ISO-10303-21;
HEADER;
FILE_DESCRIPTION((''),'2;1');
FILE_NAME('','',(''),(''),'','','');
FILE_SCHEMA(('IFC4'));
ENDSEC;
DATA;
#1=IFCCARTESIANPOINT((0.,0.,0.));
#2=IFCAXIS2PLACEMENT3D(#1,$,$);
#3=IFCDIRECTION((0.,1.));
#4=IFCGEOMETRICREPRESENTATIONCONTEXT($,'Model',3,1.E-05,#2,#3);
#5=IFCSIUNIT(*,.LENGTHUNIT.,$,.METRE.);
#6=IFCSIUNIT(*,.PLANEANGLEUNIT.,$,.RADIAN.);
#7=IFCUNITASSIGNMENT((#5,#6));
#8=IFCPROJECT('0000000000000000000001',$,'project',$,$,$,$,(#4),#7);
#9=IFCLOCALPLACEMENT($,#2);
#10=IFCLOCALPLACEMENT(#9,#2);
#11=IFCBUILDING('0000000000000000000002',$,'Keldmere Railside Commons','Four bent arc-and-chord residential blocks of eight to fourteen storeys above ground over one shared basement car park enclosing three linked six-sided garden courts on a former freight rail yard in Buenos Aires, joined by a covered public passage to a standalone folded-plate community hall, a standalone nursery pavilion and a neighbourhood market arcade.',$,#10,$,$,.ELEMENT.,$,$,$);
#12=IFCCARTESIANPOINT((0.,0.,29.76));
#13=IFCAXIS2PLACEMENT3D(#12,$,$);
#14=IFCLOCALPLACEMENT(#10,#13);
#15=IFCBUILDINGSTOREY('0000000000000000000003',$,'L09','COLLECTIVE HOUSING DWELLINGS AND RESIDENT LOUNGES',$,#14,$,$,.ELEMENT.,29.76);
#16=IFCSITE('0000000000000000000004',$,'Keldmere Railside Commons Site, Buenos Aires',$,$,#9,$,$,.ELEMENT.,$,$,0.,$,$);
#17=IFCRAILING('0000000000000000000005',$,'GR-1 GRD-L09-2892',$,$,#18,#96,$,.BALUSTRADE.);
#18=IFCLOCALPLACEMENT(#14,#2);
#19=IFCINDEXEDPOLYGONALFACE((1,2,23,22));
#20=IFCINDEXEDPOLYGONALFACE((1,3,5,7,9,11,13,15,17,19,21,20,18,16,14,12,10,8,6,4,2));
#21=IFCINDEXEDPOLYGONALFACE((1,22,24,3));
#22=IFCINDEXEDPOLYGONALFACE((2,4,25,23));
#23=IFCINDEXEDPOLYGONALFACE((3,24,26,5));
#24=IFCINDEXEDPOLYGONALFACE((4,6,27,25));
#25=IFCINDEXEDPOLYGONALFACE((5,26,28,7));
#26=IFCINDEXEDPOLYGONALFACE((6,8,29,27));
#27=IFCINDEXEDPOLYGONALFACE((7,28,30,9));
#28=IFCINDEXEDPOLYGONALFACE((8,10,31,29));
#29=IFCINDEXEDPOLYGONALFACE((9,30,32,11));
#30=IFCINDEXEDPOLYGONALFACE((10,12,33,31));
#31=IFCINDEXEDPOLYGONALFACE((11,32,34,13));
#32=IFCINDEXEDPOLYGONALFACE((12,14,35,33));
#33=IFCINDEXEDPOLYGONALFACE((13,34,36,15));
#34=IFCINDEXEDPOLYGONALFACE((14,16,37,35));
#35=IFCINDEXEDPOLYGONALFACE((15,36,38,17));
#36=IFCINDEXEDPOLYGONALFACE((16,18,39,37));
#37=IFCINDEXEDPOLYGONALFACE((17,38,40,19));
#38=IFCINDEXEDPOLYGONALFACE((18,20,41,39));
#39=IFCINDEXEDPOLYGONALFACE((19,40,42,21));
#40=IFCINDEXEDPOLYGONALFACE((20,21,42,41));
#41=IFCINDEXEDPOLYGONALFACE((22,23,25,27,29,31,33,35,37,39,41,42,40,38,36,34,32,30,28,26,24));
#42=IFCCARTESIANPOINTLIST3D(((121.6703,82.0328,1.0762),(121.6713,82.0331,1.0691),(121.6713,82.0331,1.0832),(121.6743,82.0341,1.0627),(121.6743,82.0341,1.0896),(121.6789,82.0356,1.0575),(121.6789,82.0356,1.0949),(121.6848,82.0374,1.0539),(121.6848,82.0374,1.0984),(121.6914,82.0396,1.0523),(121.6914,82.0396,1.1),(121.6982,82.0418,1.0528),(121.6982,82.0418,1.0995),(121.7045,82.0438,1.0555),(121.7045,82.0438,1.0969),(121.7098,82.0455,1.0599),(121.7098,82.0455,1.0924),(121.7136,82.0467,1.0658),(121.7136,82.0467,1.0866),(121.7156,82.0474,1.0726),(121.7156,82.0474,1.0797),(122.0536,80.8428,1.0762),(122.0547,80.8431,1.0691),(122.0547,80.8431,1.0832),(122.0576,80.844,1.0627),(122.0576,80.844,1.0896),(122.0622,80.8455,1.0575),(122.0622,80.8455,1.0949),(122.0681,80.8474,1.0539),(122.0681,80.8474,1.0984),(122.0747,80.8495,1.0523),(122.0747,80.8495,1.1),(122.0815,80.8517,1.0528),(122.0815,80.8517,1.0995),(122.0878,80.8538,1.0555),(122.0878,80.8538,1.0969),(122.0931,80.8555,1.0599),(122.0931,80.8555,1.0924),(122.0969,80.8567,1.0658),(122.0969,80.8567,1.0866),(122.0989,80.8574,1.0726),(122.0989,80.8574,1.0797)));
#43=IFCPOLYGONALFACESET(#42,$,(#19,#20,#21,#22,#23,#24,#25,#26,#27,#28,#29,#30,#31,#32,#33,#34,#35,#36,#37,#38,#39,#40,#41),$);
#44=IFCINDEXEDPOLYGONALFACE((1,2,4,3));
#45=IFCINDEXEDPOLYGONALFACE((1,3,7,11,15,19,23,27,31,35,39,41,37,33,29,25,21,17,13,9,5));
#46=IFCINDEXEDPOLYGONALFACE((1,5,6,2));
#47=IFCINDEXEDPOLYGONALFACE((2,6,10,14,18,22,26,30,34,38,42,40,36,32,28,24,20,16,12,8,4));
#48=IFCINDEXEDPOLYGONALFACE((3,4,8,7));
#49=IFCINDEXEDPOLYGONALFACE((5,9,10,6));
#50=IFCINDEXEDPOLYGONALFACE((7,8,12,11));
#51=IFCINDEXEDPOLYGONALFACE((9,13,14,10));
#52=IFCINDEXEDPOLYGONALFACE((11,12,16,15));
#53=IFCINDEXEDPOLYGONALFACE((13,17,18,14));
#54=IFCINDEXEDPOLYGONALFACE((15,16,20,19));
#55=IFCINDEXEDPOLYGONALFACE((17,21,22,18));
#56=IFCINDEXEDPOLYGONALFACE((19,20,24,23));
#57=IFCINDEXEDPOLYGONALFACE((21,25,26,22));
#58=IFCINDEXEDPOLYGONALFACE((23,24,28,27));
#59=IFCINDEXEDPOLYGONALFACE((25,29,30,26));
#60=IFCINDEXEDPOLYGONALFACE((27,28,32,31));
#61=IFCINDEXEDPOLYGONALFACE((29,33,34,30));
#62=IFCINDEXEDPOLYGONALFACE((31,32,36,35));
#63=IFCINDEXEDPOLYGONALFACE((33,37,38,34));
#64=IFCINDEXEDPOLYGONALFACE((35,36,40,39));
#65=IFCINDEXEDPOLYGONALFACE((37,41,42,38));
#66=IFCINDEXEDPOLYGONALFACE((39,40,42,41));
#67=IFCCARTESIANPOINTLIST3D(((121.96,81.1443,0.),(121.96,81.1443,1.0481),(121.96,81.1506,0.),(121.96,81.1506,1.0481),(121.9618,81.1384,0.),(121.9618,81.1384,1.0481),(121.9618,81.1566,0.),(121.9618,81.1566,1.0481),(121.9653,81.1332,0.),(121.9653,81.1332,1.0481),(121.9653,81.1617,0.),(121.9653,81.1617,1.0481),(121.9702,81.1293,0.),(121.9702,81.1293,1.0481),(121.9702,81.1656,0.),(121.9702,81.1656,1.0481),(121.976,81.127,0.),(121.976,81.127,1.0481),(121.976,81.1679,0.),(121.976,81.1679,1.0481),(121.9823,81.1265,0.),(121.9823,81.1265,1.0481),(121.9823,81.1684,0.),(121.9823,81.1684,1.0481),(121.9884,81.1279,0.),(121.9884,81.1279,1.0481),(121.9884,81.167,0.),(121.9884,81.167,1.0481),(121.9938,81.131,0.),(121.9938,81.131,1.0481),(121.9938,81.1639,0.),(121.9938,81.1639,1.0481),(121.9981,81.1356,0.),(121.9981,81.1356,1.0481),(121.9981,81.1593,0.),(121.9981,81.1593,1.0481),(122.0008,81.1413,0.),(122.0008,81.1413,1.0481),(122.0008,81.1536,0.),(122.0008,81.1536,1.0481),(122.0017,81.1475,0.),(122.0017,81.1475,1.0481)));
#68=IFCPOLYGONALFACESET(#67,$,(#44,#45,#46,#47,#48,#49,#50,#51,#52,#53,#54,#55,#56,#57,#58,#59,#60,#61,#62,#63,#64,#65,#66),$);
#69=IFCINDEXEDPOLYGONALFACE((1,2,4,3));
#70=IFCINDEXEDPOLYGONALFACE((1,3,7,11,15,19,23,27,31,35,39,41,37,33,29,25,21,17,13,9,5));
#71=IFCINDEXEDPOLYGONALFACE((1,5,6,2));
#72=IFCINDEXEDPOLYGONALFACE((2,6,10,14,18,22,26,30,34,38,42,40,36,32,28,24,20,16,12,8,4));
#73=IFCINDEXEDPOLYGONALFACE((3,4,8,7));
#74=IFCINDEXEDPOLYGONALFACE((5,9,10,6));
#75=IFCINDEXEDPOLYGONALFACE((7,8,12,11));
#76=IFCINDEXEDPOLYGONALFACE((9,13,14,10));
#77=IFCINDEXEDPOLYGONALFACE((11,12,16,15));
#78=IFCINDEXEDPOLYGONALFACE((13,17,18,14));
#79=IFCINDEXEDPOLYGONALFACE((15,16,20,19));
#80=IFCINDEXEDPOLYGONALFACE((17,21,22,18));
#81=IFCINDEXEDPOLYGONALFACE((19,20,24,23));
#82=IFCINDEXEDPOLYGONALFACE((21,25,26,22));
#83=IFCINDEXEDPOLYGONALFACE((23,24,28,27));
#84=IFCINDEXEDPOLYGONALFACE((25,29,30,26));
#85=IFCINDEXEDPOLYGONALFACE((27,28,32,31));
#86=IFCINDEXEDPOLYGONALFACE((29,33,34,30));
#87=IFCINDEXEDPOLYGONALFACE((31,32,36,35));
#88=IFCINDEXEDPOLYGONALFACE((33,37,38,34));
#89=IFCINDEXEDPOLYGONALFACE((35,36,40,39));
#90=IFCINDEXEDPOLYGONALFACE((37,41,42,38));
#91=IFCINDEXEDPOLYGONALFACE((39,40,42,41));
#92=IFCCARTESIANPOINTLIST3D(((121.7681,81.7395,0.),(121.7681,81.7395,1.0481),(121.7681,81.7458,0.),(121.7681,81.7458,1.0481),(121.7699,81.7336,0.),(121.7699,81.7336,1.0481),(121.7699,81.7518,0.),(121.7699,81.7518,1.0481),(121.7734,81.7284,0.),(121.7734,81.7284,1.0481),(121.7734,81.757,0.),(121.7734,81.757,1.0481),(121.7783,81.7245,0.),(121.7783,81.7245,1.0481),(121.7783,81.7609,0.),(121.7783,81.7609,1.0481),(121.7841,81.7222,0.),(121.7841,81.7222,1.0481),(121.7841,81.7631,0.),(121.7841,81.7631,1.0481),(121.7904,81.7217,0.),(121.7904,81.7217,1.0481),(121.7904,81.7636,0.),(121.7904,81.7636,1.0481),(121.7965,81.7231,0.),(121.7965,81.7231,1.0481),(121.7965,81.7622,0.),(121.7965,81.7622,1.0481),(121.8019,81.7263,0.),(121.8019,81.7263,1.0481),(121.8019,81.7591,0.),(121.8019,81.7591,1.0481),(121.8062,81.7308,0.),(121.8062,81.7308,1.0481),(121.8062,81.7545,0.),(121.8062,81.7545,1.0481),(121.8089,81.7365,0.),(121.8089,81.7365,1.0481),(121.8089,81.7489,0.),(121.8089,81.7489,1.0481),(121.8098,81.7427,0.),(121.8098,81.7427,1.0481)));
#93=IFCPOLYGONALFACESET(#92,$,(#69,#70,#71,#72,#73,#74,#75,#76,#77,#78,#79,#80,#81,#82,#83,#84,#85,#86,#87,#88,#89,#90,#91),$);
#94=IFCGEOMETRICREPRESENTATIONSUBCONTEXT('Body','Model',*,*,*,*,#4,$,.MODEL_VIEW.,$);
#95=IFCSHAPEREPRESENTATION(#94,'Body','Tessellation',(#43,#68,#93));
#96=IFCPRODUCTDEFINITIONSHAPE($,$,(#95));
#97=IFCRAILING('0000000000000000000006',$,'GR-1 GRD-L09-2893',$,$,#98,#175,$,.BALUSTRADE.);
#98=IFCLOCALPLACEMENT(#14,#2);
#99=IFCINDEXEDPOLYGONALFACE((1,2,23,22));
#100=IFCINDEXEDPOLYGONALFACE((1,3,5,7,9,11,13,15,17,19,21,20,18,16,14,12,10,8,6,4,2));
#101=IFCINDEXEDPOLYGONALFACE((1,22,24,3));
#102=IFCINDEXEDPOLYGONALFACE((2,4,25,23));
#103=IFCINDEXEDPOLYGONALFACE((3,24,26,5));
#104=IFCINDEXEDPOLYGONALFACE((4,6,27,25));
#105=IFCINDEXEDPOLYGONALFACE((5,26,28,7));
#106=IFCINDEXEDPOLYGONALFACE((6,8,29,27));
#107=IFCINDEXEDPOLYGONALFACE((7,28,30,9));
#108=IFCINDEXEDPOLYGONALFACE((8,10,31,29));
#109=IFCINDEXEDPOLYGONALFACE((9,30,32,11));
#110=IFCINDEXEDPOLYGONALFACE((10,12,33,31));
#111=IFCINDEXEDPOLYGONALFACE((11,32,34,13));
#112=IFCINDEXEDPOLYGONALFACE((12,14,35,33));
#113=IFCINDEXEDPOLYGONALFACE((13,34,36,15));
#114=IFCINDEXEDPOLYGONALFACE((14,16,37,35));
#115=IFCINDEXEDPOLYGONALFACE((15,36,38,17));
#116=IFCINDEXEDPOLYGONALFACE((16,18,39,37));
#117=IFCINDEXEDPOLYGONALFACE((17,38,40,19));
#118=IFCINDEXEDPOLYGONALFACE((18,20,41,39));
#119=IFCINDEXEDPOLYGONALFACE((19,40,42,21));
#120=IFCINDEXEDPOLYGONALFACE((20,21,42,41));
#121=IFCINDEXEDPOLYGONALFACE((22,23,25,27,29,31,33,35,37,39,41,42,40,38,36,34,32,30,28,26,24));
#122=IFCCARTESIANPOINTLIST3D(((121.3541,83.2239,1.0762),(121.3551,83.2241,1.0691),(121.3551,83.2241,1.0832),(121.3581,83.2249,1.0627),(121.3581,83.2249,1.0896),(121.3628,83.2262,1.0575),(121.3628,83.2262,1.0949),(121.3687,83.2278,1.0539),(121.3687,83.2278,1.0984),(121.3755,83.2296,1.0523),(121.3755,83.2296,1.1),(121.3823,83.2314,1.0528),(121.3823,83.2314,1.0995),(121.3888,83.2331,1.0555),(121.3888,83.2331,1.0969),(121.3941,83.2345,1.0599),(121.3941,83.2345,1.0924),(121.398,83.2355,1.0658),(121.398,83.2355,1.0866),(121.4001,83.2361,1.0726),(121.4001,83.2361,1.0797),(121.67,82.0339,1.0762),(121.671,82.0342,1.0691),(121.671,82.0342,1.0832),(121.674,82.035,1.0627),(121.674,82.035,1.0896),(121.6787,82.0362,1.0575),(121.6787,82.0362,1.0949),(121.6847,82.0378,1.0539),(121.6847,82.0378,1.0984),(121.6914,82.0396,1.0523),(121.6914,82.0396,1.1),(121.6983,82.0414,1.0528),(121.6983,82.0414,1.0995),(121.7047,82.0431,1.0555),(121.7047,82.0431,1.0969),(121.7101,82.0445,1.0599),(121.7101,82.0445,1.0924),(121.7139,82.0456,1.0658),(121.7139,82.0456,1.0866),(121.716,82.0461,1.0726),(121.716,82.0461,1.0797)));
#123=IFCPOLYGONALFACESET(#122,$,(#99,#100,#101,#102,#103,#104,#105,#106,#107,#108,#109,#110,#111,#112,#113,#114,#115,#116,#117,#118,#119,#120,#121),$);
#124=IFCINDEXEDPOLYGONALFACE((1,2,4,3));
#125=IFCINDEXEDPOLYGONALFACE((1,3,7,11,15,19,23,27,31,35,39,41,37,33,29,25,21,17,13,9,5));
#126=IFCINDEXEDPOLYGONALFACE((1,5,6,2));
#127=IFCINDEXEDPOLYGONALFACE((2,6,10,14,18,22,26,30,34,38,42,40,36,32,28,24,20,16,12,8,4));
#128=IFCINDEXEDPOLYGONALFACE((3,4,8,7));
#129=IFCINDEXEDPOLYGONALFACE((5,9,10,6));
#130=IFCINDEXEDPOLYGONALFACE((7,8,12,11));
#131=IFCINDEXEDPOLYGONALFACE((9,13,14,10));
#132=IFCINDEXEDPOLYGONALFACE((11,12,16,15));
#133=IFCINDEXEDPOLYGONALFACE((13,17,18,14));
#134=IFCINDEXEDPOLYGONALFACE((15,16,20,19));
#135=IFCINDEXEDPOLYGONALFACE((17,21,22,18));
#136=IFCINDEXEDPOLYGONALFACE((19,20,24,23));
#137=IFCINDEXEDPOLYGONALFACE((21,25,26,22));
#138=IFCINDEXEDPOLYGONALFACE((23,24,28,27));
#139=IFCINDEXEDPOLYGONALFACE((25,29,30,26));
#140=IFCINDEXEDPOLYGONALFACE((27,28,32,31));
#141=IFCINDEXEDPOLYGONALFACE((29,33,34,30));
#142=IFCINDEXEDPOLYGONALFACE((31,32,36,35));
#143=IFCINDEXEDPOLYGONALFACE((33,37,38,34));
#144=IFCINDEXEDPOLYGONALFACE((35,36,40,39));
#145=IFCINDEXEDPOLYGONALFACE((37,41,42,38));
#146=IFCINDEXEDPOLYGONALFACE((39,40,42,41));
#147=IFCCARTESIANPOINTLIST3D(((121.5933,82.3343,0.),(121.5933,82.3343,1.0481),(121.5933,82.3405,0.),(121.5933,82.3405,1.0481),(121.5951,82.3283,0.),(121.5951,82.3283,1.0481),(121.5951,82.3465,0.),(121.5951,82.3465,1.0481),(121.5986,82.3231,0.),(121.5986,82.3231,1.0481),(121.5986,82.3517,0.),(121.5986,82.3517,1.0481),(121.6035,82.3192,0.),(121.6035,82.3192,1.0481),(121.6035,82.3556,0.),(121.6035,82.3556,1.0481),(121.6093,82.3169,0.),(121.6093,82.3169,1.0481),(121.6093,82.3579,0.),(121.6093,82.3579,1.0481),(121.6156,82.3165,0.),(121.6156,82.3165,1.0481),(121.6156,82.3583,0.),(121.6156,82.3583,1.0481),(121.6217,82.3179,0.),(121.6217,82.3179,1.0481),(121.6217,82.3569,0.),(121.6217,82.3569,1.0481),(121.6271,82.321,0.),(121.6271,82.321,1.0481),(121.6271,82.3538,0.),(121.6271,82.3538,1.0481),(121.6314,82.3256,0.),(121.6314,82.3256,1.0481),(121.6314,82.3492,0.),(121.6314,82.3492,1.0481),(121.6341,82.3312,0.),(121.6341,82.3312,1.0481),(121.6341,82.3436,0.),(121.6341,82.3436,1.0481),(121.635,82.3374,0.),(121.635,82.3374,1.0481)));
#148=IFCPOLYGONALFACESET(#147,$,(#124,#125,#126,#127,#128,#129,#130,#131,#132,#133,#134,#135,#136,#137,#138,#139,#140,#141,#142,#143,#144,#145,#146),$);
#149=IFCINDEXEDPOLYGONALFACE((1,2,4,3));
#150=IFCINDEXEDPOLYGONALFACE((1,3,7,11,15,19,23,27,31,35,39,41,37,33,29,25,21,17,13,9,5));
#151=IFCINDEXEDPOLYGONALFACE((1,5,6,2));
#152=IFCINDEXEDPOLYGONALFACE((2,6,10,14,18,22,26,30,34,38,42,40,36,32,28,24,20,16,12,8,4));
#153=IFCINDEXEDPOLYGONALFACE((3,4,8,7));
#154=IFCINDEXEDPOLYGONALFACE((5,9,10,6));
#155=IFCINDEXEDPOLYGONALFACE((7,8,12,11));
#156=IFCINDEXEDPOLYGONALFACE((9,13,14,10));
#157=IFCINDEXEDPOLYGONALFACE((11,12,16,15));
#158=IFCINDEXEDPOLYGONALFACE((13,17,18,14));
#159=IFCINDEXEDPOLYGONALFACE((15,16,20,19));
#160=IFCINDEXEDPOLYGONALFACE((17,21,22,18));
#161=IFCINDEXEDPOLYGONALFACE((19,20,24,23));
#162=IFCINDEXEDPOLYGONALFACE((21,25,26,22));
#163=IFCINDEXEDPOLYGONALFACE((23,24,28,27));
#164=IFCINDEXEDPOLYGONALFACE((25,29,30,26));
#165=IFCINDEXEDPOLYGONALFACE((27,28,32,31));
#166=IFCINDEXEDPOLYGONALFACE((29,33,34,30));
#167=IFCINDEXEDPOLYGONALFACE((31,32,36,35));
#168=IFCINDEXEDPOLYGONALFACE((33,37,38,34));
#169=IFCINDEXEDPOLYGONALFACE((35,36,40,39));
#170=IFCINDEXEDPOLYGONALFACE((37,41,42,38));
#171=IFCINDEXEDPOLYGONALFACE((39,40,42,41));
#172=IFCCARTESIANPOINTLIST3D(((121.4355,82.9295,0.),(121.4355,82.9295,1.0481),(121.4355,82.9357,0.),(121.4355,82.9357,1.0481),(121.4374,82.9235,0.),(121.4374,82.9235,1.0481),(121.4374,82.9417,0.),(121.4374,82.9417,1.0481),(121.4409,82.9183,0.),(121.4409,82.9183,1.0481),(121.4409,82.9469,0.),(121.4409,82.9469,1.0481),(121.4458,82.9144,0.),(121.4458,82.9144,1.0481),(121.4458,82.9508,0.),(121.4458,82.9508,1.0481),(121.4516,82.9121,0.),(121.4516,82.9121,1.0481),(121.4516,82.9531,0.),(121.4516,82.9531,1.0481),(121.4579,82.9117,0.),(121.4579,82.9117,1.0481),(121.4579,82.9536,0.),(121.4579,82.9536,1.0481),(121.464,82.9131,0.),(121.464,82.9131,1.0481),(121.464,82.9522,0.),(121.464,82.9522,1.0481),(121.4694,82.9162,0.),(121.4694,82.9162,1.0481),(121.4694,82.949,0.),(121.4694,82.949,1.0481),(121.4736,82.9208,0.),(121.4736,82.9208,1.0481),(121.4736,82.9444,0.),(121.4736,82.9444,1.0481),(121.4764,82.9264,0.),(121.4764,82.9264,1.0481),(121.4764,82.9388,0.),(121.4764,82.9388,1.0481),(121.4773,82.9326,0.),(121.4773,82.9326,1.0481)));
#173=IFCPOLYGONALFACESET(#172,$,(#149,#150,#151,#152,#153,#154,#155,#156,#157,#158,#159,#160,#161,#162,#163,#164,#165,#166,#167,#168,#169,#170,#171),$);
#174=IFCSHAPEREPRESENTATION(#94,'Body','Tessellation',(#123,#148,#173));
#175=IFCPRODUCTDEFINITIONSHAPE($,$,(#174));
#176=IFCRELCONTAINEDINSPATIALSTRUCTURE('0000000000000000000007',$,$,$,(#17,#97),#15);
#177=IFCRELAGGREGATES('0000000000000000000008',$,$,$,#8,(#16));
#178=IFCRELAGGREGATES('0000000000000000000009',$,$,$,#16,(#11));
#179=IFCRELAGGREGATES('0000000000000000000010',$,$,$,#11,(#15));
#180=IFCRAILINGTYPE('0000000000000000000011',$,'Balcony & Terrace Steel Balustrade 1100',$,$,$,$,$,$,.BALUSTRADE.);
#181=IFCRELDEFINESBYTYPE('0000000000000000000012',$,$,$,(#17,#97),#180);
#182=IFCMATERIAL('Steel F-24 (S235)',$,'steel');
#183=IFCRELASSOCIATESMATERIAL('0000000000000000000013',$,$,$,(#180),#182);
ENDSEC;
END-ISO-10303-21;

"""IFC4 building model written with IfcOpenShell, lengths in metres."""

from ifc_helpers import new_model, si_unit, direction, frame, origin, origin_2d, place, context, subcontext, project, spatial, circle, extrude, material, type_object, element, save


model = new_model("IFC4")

# Units and contexts
model_context = context("Model", 3, precision=1e-05, world=origin(), true_north=direction((0.0, 1.0)))
body_context = subcontext(model_context, "Body", "Model", "MODEL_VIEW")
ifc_project = project(units=[si_unit("LENGTHUNIT", "METRE"), si_unit("PLANEANGLEUNIT", "RADIAN")], contexts=[model_context])

# Site, building, storey
site_placement = place(None, origin())
site = spatial("IfcSite", under=ifc_project, at=site_placement, Name="Keldmere Railside Commons Site, Buenos Aires", CompositionType="ELEMENT", RefElevation=0.0)
building_placement = place(site_placement, origin())
building = spatial("IfcBuilding", under=site, at=building_placement, Name="Keldmere Railside Commons", Description="Four bent arc-and-chord residential blocks of eight to fourteen storeys above ground over one shared basement car park enclosing three linked six-sided garden courts on a former freight rail yard in Buenos Aires, joined by a covered public passage to a standalone folded-plate community hall, a standalone nursery pavilion and a neighbourhood market arcade.", CompositionType="ELEMENT")
storey_placement = place(building_placement, frame((0.0, 0.0, 29.76)))
storey = spatial("IfcBuildingStorey", under=building, at=storey_placement, Name="L09", Description="COLLECTIVE HOUSING DWELLINGS AND RESIDENT LOUNGES", CompositionType="ELEMENT", Elevation=29.76)

# Railings
ifc_material_1 = material(Name="Steel F-24 (S235)", Category="steel")
railing_type = type_object("IfcRailingType", Name="Balcony & Terrace Steel Balustrade 1100", PredefinedType="BALUSTRADE", material=ifc_material_1)
railing_1_placement = place(storey_placement, frame((122.0764, 80.8501, 0.0)))
element("IfcRailing", 1, at=railing_1_placement, inside=storey, type_object=railing_type, Name="GR-1 GRD-L09-2892", PredefinedType="BALUSTRADE", context=body_context, shape_type="SweptSolid", body=[
    extrude(circle(Radius=0.0239, at=origin_2d()), frame((0.0, 0.0, 1.0762), z_axis=(-0.306603, 0.951837, 0.0), x_axis=(-0.951837, -0.306603, 0.0)), (0.0, 0.0, 1.0), 1.2502),
    extrude(circle(Radius=0.021, at=origin_2d()), frame((-0.0957, 0.2974, 0.0)), (0.0, 0.0, 1.0), 1.0481),
    extrude(circle(Radius=0.021, at=origin_2d()), frame((-0.2876, 0.8926, 0.0)), (0.0, 0.0, 1.0), 1.0481),
])
railing_2_placement = place(storey_placement, frame((121.6931, 82.04, 0.0)))
element("IfcRailing", 2, at=railing_2_placement, inside=storey, type_object=railing_type, Name="GR-1 GRD-L09-2893", PredefinedType="BALUSTRADE", context=body_context, shape_type="SweptSolid", body=[
    extrude(circle(Radius=0.0239, at=origin_2d()), frame((0.0, 0.0, 1.0762), z_axis=(-0.256601, 0.966517, 0.0), x_axis=(-0.966517, -0.256601, 0.0)), (0.0, 0.0, 1.0), 1.2312),
    extrude(circle(Radius=0.021, at=origin_2d()), frame((-0.0791, 0.2974, 0.0)), (0.0, 0.0, 1.0), 1.0481),
    extrude(circle(Radius=0.021, at=origin_2d()), frame((-0.2368, 0.8926, 0.0)), (0.0, 0.0, 1.0), 1.0481),
])

save(model, "model.ifc")
